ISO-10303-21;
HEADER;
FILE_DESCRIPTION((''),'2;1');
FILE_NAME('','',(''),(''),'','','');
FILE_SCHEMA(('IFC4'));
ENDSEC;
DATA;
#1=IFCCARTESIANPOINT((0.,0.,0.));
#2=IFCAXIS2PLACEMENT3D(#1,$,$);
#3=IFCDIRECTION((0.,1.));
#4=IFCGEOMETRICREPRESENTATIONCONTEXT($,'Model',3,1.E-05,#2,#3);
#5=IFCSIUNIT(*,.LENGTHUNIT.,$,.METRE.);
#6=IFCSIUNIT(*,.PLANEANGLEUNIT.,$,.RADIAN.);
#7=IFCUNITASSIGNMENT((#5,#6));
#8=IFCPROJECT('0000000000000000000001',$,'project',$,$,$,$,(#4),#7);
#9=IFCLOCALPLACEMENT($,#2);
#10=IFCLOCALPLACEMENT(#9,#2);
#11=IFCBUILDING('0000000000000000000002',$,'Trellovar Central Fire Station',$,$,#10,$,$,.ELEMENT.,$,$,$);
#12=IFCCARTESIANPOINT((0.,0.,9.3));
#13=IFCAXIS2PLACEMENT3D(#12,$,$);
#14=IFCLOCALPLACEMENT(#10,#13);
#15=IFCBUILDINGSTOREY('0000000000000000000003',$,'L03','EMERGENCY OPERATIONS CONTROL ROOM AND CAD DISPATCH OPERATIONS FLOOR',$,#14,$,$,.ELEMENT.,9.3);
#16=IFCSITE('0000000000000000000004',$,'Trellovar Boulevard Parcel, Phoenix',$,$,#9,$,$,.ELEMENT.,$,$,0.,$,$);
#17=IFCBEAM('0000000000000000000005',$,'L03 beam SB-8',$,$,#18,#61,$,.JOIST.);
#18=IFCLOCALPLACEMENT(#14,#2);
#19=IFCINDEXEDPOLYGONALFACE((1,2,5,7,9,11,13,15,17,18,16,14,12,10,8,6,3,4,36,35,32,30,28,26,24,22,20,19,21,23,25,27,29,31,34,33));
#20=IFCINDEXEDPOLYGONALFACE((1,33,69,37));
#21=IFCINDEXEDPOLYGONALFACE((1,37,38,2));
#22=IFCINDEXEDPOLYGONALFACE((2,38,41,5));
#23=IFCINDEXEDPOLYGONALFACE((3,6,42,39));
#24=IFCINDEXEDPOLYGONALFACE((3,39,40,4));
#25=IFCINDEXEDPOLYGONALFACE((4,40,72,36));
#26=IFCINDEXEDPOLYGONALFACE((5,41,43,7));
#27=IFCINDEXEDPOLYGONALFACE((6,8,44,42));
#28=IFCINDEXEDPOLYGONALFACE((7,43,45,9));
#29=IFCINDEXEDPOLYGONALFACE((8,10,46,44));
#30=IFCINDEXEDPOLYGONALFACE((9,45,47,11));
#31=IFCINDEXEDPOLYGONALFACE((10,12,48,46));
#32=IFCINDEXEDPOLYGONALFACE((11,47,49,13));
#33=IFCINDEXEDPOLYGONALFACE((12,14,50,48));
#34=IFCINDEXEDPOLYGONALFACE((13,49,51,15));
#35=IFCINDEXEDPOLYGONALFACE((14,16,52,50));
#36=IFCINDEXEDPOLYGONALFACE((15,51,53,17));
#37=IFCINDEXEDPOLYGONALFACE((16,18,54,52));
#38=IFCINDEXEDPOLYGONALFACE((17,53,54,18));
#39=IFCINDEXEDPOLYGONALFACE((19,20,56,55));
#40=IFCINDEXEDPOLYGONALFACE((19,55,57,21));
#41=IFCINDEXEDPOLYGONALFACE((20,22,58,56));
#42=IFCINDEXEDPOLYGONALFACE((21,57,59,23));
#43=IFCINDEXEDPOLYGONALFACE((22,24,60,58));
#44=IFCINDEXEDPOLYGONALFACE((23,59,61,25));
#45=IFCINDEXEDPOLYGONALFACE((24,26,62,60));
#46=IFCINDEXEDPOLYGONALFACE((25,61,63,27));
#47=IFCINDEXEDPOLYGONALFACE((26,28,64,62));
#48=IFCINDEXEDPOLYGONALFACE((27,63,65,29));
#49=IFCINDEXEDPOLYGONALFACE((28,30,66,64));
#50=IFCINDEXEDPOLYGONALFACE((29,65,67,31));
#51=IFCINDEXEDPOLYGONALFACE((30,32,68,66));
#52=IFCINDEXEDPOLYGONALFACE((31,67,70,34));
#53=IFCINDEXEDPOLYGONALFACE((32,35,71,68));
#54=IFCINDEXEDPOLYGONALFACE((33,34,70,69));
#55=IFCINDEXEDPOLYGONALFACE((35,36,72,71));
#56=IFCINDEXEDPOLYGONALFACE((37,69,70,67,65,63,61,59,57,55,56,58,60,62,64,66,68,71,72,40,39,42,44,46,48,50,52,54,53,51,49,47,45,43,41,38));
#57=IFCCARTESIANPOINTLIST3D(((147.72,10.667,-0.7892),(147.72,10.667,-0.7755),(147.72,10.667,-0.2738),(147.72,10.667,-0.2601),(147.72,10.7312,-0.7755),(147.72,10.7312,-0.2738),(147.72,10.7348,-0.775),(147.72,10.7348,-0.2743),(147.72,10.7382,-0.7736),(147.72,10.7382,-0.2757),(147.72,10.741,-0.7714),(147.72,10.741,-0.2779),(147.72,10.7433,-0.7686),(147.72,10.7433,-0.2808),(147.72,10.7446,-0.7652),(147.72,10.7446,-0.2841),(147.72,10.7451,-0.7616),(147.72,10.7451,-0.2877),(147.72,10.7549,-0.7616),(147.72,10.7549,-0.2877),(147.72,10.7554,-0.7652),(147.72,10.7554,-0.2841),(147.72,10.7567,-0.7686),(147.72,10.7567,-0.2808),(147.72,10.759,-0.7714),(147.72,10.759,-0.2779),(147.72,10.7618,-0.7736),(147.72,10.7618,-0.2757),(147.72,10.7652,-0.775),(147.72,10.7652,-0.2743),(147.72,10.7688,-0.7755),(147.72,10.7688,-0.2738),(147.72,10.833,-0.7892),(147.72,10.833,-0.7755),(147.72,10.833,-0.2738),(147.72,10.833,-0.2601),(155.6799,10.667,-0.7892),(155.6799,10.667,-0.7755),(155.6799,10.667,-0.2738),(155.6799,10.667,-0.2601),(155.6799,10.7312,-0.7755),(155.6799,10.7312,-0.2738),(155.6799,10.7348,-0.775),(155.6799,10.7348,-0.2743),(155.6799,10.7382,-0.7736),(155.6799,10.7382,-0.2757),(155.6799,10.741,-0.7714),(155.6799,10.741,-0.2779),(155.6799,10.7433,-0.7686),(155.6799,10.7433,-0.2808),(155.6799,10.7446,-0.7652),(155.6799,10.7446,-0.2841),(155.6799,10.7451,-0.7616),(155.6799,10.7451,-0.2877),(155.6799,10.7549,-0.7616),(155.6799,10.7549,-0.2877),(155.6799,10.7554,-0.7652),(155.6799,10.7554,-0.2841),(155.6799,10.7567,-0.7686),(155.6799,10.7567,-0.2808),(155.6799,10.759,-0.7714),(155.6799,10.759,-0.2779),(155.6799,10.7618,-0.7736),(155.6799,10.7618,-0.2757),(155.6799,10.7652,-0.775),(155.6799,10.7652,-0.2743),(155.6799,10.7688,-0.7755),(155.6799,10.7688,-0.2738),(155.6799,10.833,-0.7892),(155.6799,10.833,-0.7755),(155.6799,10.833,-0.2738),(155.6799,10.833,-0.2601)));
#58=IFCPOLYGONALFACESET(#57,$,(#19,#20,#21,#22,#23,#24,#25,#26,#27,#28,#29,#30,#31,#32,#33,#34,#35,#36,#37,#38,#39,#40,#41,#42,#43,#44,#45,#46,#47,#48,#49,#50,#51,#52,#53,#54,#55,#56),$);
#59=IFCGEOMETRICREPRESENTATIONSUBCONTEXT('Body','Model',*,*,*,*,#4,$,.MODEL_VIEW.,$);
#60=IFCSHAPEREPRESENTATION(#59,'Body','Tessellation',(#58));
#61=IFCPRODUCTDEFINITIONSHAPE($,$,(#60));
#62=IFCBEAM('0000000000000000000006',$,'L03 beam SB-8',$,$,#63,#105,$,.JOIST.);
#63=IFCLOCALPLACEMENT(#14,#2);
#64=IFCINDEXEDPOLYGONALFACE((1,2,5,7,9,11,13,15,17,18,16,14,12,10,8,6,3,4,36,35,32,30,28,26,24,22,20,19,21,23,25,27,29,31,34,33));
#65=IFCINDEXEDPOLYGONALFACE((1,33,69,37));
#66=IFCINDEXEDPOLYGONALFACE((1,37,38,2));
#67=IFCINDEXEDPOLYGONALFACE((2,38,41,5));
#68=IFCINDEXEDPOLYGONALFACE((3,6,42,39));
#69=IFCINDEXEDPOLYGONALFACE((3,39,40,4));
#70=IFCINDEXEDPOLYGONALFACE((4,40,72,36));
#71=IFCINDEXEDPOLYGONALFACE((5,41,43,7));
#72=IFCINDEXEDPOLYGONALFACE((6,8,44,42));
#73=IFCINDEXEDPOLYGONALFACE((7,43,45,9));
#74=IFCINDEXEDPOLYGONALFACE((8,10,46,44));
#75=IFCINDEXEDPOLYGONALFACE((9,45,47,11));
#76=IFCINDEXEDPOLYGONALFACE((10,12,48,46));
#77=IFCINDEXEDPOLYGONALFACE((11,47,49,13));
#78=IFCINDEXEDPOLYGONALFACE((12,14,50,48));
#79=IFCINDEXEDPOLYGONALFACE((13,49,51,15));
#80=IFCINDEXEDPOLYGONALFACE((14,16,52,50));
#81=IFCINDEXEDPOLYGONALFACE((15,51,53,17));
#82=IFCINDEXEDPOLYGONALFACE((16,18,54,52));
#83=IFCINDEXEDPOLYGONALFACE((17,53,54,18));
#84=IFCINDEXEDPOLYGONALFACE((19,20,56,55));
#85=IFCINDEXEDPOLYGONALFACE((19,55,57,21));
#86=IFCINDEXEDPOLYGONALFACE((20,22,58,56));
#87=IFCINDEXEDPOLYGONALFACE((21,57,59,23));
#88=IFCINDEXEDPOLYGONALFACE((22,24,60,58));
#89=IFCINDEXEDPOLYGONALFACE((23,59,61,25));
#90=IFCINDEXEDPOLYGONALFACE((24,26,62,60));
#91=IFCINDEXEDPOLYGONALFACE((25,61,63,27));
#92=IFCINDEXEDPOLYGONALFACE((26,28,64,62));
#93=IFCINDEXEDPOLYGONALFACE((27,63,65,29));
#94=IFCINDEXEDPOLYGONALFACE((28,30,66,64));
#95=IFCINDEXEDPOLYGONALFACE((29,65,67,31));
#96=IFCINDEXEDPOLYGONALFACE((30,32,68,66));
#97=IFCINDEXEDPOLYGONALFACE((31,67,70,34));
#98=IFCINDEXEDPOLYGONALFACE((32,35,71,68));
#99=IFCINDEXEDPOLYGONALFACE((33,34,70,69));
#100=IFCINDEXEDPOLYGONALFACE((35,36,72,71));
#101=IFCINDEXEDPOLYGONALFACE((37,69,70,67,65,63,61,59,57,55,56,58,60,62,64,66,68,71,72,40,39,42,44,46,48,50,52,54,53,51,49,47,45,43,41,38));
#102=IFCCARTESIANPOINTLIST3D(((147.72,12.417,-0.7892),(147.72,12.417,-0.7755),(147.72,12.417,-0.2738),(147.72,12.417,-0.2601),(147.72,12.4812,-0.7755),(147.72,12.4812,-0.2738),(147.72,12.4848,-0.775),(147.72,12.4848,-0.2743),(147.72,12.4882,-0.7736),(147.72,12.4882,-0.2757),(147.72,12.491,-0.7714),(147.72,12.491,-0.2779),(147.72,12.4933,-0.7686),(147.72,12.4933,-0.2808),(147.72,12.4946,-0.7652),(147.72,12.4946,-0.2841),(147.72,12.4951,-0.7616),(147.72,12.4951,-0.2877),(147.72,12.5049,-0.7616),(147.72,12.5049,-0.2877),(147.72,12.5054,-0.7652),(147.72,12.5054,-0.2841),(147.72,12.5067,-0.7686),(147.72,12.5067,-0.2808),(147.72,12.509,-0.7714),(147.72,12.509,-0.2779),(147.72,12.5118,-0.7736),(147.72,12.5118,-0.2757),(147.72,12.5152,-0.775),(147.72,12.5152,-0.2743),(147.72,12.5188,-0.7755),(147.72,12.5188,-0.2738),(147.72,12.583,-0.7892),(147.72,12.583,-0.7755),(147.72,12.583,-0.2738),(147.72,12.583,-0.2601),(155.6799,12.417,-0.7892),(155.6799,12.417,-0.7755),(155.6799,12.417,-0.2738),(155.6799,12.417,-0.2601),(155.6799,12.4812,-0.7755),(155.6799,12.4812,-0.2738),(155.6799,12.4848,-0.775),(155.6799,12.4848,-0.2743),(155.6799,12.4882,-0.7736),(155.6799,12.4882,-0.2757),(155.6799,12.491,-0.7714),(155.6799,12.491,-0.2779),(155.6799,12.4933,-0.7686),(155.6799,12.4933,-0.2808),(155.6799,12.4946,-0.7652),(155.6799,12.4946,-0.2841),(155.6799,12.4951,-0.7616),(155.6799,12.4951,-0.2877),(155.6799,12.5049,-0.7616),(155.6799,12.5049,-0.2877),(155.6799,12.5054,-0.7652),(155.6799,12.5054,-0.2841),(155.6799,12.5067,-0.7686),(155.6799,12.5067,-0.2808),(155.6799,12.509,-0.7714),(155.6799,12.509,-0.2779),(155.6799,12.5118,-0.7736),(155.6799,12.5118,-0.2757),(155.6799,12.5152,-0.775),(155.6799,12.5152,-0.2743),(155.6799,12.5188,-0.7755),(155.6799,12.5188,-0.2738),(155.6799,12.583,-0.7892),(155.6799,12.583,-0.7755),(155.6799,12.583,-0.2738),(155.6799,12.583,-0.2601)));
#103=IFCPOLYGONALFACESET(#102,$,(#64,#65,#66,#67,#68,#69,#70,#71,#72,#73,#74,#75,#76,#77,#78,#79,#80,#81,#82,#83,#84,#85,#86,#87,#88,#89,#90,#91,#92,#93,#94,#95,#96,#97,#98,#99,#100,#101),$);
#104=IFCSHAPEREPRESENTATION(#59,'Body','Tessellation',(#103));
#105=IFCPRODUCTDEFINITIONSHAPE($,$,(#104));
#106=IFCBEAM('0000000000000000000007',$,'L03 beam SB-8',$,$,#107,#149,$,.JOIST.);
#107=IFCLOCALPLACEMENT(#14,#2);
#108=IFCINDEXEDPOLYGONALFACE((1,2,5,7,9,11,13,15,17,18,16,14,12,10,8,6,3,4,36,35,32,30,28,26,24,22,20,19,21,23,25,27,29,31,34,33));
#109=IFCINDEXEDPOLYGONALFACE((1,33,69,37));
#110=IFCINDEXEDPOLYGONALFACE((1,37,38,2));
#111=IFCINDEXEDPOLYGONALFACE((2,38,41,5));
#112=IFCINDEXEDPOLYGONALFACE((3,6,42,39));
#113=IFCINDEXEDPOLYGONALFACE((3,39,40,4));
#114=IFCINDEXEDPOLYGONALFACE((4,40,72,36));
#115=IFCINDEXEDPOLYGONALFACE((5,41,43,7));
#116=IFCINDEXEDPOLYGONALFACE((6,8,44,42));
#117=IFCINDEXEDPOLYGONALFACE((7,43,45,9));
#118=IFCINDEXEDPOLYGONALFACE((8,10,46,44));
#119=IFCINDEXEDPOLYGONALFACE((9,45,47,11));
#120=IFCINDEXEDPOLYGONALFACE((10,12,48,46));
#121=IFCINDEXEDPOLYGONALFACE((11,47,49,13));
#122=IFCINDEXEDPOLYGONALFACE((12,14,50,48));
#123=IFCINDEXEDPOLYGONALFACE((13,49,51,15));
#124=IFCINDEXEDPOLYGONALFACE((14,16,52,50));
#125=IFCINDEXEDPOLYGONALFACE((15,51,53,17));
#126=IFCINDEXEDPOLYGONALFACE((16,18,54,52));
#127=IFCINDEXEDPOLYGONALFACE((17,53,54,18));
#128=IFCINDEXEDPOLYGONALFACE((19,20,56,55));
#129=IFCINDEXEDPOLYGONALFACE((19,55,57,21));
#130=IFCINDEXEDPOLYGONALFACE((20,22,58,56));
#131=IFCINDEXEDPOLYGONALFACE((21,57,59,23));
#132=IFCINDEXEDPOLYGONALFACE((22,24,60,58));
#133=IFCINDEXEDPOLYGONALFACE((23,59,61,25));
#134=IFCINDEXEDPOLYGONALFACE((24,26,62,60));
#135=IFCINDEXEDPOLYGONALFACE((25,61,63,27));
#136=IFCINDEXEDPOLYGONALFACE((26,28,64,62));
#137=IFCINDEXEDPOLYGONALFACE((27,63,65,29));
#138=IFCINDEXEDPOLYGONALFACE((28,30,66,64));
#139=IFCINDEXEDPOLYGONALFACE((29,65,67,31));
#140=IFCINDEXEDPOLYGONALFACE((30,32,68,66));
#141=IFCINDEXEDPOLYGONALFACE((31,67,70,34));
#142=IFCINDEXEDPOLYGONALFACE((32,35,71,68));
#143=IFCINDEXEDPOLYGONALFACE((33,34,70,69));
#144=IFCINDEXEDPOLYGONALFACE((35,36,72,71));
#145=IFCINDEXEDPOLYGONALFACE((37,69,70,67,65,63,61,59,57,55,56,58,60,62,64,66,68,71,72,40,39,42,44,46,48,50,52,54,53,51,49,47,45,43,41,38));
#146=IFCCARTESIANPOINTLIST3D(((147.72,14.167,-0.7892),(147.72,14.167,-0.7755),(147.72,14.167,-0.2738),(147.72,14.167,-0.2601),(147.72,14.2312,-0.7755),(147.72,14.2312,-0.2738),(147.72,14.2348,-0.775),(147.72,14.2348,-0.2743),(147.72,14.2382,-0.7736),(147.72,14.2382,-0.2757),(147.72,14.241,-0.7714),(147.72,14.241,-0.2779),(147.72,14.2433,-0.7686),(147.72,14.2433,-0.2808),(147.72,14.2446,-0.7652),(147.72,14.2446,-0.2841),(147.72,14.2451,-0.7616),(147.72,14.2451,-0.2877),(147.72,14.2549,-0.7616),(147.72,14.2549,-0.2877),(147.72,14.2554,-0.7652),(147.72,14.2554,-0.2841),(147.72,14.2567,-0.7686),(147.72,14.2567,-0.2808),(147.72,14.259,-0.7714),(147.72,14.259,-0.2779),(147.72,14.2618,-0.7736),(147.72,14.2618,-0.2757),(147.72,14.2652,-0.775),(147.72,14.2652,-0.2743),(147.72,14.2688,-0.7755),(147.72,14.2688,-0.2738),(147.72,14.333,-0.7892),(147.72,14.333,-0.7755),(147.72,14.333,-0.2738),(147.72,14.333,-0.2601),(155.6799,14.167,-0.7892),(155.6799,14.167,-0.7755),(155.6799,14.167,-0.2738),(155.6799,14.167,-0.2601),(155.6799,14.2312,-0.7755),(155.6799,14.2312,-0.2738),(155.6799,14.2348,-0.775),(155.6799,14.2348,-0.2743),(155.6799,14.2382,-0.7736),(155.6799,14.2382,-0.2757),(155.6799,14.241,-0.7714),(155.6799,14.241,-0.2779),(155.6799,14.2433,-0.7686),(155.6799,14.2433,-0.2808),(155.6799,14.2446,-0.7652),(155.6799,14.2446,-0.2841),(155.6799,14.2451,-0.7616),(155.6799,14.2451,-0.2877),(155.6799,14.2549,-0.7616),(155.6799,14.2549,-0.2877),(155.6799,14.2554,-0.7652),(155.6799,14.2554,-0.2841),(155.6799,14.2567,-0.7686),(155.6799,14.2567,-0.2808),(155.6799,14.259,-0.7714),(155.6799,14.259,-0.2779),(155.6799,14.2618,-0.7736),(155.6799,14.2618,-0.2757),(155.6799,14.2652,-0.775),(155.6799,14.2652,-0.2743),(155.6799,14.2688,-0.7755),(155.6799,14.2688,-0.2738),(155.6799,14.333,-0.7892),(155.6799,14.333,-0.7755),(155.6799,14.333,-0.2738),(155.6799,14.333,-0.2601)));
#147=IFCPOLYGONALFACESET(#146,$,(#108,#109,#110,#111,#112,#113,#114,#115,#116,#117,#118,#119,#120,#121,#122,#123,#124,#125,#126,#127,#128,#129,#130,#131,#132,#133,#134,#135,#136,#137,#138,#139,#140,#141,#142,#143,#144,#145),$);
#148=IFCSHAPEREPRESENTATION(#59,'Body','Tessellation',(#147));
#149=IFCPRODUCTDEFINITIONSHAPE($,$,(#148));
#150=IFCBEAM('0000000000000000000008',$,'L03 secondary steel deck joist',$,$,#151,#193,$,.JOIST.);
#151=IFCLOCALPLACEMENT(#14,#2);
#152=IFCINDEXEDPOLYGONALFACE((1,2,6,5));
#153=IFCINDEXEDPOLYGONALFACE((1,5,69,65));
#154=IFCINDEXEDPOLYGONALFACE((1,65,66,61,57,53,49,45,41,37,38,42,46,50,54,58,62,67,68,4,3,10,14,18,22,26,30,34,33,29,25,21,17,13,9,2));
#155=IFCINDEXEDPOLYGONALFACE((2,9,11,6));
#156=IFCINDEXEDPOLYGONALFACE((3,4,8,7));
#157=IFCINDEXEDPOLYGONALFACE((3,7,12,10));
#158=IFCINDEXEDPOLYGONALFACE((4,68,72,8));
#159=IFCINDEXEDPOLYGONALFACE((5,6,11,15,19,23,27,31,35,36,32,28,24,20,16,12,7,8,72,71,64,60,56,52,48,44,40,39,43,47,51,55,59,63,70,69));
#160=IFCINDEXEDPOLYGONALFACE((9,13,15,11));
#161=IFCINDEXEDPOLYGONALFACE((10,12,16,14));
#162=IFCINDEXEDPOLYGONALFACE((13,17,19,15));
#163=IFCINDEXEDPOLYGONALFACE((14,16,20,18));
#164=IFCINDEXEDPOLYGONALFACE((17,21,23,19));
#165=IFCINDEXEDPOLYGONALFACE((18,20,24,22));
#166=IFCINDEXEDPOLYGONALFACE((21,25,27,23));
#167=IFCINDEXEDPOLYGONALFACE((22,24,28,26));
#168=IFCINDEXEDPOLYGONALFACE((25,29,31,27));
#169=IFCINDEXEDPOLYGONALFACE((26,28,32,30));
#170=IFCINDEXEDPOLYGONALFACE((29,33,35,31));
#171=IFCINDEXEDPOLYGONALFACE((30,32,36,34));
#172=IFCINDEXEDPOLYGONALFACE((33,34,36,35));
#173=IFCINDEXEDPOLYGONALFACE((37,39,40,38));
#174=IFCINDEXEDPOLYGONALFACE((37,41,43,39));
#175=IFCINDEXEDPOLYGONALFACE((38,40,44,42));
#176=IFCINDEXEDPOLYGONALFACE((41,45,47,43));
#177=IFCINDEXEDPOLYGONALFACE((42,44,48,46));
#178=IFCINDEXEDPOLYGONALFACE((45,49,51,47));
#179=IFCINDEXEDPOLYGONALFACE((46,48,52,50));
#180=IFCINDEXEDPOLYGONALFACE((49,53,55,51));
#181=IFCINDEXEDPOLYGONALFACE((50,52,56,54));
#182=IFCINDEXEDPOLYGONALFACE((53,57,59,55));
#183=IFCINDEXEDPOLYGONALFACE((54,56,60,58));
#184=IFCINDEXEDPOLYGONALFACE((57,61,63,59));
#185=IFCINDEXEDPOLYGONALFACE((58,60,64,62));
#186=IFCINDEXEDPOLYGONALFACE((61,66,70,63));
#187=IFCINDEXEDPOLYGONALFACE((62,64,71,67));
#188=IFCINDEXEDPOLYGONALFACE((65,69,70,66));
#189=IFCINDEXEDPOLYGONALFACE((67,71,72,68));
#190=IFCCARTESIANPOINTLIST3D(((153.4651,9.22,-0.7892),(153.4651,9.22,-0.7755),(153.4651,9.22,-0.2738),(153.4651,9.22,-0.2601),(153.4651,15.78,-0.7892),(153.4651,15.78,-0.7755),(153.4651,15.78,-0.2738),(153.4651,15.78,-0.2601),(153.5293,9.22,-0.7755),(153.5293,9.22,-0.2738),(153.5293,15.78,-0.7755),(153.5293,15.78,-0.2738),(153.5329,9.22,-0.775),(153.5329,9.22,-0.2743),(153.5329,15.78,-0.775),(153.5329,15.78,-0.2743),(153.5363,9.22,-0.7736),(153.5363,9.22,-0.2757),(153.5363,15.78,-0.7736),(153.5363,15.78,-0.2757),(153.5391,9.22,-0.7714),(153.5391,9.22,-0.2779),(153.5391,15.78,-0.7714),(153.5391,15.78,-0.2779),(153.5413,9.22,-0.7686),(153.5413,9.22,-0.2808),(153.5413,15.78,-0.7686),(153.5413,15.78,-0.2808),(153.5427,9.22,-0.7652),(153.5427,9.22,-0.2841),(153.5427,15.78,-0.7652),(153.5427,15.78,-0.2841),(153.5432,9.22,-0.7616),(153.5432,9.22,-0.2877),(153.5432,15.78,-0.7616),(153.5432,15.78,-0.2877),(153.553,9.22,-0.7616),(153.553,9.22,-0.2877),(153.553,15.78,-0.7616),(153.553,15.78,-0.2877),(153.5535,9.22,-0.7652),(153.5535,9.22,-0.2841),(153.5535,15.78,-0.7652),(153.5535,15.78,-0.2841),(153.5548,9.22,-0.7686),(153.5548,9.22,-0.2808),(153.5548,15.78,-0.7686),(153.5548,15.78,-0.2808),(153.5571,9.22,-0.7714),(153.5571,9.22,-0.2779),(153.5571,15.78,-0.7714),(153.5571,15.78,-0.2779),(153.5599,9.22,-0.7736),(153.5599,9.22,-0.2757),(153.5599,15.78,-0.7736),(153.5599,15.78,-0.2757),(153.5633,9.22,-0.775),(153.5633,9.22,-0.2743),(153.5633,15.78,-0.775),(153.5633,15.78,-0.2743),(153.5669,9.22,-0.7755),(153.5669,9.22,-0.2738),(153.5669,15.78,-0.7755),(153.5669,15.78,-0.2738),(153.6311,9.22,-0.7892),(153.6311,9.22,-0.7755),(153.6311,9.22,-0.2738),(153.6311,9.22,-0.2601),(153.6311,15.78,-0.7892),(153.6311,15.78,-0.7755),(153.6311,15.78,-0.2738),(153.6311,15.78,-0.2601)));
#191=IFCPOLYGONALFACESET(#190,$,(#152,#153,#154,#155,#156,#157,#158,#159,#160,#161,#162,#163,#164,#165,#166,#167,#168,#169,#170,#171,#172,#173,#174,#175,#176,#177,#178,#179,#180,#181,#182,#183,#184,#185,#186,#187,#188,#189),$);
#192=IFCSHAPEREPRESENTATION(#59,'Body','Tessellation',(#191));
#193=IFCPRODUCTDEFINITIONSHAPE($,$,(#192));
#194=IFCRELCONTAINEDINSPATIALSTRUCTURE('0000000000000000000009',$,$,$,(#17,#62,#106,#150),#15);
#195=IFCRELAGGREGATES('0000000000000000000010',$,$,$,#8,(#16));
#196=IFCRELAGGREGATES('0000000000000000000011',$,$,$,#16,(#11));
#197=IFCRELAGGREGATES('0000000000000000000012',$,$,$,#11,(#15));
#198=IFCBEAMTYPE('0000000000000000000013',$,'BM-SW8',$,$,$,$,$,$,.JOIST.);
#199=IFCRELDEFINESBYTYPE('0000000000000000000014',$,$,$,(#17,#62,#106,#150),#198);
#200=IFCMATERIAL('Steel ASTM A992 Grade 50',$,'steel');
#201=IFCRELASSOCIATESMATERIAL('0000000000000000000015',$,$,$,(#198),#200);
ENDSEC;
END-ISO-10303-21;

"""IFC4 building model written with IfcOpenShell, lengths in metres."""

from ifc_helpers import new_model, si_unit, direction, frame, origin, origin_2d, place, context, subcontext, project, spatial, i_section, extrude, material, material_profile, profile_set, type_object, element, save


model = new_model("IFC4")

# Units and contexts
model_context = context("Model", 3, precision=1e-05, world=origin(), true_north=direction((0.0, 1.0)))
body_context = subcontext(model_context, "Body", "Model", "MODEL_VIEW")
ifc_project = project(units=[si_unit("LENGTHUNIT", "METRE"), si_unit("PLANEANGLEUNIT", "RADIAN")], contexts=[model_context])

# Site, building, storey
site_placement = place(None, origin())
site = spatial("IfcSite", under=ifc_project, at=site_placement, Name="Trellovar Boulevard Parcel, Phoenix", CompositionType="ELEMENT", RefElevation=0.0)
building_placement = place(site_placement, origin())
building = spatial("IfcBuilding", under=site, at=building_placement, Name="Trellovar Central Fire Station", CompositionType="ELEMENT")
storey_placement = place(building_placement, frame((0.0, 0.0, 9.3)))
storey = spatial("IfcBuildingStorey", under=building, at=storey_placement, Name="L03", Description="EMERGENCY OPERATIONS CONTROL ROOM AND CAD DISPATCH OPERATIONS FLOOR", CompositionType="ELEMENT", Elevation=9.3)

# Beams
ifc_material_1 = material(Name="Steel ASTM A992 Grade 50", Category="steel")
ifc_material_profile_1 = material_profile(ifc_material_1, i_section(OverallWidth=0.166, OverallDepth=0.5291, WebThickness=0.0098, FlangeThickness=0.0137, FilletRadius=0.0139, at=origin_2d()), Name="W21X50")
ifc_profile_set_1 = profile_set([ifc_material_profile_1], Name="Steel ASTM A992 Grade 50")
beam_type_1 = type_object("IfcBeamType", Name="BM-SW8", PredefinedType="JOIST", material=ifc_profile_set_1)
for number, where, z_axis, x_axis, name in (
    (1, (147.72, 10.75, -0.5247), (1.0, 0.0, 0.0), (0.0, 1.0, 0.0), "L03 beam SB-8"),
    (2, (147.72, 12.5, -0.5247), (1.0, 0.0, 0.0), (0.0, 1.0, 0.0), "L03 beam SB-8"),
    (3, (147.72, 14.25, -0.5247), (1.0, 0.0, 0.0), (0.0, 1.0, 0.0), "L03 beam SB-8"),
):
    element("IfcBeam", number, at=place(storey_placement, frame(where, z_axis=z_axis, x_axis=x_axis)), inside=storey, type_object=beam_type_1, Name=name, PredefinedType="JOIST", context=body_context, shape_type="SweptSolid", body=[
        extrude(i_section(OverallWidth=0.166, OverallDepth=0.5291, WebThickness=0.0098, FlangeThickness=0.0137, FilletRadius=0.0139, at=origin_2d()), origin(), (0.0, 0.0, 1.0), 7.96),
    ])
beam_1_placement = place(storey_placement, frame((153.5481, 9.22, -0.5247), z_axis=(0.0, 1.0, 0.0), x_axis=(-1.0, 0.0, 0.0)))
element("IfcBeam", 4, at=beam_1_placement, inside=storey, type_object=beam_type_1, Name="L03 secondary steel deck joist", PredefinedType="JOIST", context=body_context, shape_type="SweptSolid", body=[
    extrude(i_section(OverallWidth=0.166, OverallDepth=0.5291, WebThickness=0.0098, FlangeThickness=0.0137, FilletRadius=0.0139, at=origin_2d()), origin(), (0.0, 0.0, 1.0), 6.5601),
])

save(model, "model.ifc")
